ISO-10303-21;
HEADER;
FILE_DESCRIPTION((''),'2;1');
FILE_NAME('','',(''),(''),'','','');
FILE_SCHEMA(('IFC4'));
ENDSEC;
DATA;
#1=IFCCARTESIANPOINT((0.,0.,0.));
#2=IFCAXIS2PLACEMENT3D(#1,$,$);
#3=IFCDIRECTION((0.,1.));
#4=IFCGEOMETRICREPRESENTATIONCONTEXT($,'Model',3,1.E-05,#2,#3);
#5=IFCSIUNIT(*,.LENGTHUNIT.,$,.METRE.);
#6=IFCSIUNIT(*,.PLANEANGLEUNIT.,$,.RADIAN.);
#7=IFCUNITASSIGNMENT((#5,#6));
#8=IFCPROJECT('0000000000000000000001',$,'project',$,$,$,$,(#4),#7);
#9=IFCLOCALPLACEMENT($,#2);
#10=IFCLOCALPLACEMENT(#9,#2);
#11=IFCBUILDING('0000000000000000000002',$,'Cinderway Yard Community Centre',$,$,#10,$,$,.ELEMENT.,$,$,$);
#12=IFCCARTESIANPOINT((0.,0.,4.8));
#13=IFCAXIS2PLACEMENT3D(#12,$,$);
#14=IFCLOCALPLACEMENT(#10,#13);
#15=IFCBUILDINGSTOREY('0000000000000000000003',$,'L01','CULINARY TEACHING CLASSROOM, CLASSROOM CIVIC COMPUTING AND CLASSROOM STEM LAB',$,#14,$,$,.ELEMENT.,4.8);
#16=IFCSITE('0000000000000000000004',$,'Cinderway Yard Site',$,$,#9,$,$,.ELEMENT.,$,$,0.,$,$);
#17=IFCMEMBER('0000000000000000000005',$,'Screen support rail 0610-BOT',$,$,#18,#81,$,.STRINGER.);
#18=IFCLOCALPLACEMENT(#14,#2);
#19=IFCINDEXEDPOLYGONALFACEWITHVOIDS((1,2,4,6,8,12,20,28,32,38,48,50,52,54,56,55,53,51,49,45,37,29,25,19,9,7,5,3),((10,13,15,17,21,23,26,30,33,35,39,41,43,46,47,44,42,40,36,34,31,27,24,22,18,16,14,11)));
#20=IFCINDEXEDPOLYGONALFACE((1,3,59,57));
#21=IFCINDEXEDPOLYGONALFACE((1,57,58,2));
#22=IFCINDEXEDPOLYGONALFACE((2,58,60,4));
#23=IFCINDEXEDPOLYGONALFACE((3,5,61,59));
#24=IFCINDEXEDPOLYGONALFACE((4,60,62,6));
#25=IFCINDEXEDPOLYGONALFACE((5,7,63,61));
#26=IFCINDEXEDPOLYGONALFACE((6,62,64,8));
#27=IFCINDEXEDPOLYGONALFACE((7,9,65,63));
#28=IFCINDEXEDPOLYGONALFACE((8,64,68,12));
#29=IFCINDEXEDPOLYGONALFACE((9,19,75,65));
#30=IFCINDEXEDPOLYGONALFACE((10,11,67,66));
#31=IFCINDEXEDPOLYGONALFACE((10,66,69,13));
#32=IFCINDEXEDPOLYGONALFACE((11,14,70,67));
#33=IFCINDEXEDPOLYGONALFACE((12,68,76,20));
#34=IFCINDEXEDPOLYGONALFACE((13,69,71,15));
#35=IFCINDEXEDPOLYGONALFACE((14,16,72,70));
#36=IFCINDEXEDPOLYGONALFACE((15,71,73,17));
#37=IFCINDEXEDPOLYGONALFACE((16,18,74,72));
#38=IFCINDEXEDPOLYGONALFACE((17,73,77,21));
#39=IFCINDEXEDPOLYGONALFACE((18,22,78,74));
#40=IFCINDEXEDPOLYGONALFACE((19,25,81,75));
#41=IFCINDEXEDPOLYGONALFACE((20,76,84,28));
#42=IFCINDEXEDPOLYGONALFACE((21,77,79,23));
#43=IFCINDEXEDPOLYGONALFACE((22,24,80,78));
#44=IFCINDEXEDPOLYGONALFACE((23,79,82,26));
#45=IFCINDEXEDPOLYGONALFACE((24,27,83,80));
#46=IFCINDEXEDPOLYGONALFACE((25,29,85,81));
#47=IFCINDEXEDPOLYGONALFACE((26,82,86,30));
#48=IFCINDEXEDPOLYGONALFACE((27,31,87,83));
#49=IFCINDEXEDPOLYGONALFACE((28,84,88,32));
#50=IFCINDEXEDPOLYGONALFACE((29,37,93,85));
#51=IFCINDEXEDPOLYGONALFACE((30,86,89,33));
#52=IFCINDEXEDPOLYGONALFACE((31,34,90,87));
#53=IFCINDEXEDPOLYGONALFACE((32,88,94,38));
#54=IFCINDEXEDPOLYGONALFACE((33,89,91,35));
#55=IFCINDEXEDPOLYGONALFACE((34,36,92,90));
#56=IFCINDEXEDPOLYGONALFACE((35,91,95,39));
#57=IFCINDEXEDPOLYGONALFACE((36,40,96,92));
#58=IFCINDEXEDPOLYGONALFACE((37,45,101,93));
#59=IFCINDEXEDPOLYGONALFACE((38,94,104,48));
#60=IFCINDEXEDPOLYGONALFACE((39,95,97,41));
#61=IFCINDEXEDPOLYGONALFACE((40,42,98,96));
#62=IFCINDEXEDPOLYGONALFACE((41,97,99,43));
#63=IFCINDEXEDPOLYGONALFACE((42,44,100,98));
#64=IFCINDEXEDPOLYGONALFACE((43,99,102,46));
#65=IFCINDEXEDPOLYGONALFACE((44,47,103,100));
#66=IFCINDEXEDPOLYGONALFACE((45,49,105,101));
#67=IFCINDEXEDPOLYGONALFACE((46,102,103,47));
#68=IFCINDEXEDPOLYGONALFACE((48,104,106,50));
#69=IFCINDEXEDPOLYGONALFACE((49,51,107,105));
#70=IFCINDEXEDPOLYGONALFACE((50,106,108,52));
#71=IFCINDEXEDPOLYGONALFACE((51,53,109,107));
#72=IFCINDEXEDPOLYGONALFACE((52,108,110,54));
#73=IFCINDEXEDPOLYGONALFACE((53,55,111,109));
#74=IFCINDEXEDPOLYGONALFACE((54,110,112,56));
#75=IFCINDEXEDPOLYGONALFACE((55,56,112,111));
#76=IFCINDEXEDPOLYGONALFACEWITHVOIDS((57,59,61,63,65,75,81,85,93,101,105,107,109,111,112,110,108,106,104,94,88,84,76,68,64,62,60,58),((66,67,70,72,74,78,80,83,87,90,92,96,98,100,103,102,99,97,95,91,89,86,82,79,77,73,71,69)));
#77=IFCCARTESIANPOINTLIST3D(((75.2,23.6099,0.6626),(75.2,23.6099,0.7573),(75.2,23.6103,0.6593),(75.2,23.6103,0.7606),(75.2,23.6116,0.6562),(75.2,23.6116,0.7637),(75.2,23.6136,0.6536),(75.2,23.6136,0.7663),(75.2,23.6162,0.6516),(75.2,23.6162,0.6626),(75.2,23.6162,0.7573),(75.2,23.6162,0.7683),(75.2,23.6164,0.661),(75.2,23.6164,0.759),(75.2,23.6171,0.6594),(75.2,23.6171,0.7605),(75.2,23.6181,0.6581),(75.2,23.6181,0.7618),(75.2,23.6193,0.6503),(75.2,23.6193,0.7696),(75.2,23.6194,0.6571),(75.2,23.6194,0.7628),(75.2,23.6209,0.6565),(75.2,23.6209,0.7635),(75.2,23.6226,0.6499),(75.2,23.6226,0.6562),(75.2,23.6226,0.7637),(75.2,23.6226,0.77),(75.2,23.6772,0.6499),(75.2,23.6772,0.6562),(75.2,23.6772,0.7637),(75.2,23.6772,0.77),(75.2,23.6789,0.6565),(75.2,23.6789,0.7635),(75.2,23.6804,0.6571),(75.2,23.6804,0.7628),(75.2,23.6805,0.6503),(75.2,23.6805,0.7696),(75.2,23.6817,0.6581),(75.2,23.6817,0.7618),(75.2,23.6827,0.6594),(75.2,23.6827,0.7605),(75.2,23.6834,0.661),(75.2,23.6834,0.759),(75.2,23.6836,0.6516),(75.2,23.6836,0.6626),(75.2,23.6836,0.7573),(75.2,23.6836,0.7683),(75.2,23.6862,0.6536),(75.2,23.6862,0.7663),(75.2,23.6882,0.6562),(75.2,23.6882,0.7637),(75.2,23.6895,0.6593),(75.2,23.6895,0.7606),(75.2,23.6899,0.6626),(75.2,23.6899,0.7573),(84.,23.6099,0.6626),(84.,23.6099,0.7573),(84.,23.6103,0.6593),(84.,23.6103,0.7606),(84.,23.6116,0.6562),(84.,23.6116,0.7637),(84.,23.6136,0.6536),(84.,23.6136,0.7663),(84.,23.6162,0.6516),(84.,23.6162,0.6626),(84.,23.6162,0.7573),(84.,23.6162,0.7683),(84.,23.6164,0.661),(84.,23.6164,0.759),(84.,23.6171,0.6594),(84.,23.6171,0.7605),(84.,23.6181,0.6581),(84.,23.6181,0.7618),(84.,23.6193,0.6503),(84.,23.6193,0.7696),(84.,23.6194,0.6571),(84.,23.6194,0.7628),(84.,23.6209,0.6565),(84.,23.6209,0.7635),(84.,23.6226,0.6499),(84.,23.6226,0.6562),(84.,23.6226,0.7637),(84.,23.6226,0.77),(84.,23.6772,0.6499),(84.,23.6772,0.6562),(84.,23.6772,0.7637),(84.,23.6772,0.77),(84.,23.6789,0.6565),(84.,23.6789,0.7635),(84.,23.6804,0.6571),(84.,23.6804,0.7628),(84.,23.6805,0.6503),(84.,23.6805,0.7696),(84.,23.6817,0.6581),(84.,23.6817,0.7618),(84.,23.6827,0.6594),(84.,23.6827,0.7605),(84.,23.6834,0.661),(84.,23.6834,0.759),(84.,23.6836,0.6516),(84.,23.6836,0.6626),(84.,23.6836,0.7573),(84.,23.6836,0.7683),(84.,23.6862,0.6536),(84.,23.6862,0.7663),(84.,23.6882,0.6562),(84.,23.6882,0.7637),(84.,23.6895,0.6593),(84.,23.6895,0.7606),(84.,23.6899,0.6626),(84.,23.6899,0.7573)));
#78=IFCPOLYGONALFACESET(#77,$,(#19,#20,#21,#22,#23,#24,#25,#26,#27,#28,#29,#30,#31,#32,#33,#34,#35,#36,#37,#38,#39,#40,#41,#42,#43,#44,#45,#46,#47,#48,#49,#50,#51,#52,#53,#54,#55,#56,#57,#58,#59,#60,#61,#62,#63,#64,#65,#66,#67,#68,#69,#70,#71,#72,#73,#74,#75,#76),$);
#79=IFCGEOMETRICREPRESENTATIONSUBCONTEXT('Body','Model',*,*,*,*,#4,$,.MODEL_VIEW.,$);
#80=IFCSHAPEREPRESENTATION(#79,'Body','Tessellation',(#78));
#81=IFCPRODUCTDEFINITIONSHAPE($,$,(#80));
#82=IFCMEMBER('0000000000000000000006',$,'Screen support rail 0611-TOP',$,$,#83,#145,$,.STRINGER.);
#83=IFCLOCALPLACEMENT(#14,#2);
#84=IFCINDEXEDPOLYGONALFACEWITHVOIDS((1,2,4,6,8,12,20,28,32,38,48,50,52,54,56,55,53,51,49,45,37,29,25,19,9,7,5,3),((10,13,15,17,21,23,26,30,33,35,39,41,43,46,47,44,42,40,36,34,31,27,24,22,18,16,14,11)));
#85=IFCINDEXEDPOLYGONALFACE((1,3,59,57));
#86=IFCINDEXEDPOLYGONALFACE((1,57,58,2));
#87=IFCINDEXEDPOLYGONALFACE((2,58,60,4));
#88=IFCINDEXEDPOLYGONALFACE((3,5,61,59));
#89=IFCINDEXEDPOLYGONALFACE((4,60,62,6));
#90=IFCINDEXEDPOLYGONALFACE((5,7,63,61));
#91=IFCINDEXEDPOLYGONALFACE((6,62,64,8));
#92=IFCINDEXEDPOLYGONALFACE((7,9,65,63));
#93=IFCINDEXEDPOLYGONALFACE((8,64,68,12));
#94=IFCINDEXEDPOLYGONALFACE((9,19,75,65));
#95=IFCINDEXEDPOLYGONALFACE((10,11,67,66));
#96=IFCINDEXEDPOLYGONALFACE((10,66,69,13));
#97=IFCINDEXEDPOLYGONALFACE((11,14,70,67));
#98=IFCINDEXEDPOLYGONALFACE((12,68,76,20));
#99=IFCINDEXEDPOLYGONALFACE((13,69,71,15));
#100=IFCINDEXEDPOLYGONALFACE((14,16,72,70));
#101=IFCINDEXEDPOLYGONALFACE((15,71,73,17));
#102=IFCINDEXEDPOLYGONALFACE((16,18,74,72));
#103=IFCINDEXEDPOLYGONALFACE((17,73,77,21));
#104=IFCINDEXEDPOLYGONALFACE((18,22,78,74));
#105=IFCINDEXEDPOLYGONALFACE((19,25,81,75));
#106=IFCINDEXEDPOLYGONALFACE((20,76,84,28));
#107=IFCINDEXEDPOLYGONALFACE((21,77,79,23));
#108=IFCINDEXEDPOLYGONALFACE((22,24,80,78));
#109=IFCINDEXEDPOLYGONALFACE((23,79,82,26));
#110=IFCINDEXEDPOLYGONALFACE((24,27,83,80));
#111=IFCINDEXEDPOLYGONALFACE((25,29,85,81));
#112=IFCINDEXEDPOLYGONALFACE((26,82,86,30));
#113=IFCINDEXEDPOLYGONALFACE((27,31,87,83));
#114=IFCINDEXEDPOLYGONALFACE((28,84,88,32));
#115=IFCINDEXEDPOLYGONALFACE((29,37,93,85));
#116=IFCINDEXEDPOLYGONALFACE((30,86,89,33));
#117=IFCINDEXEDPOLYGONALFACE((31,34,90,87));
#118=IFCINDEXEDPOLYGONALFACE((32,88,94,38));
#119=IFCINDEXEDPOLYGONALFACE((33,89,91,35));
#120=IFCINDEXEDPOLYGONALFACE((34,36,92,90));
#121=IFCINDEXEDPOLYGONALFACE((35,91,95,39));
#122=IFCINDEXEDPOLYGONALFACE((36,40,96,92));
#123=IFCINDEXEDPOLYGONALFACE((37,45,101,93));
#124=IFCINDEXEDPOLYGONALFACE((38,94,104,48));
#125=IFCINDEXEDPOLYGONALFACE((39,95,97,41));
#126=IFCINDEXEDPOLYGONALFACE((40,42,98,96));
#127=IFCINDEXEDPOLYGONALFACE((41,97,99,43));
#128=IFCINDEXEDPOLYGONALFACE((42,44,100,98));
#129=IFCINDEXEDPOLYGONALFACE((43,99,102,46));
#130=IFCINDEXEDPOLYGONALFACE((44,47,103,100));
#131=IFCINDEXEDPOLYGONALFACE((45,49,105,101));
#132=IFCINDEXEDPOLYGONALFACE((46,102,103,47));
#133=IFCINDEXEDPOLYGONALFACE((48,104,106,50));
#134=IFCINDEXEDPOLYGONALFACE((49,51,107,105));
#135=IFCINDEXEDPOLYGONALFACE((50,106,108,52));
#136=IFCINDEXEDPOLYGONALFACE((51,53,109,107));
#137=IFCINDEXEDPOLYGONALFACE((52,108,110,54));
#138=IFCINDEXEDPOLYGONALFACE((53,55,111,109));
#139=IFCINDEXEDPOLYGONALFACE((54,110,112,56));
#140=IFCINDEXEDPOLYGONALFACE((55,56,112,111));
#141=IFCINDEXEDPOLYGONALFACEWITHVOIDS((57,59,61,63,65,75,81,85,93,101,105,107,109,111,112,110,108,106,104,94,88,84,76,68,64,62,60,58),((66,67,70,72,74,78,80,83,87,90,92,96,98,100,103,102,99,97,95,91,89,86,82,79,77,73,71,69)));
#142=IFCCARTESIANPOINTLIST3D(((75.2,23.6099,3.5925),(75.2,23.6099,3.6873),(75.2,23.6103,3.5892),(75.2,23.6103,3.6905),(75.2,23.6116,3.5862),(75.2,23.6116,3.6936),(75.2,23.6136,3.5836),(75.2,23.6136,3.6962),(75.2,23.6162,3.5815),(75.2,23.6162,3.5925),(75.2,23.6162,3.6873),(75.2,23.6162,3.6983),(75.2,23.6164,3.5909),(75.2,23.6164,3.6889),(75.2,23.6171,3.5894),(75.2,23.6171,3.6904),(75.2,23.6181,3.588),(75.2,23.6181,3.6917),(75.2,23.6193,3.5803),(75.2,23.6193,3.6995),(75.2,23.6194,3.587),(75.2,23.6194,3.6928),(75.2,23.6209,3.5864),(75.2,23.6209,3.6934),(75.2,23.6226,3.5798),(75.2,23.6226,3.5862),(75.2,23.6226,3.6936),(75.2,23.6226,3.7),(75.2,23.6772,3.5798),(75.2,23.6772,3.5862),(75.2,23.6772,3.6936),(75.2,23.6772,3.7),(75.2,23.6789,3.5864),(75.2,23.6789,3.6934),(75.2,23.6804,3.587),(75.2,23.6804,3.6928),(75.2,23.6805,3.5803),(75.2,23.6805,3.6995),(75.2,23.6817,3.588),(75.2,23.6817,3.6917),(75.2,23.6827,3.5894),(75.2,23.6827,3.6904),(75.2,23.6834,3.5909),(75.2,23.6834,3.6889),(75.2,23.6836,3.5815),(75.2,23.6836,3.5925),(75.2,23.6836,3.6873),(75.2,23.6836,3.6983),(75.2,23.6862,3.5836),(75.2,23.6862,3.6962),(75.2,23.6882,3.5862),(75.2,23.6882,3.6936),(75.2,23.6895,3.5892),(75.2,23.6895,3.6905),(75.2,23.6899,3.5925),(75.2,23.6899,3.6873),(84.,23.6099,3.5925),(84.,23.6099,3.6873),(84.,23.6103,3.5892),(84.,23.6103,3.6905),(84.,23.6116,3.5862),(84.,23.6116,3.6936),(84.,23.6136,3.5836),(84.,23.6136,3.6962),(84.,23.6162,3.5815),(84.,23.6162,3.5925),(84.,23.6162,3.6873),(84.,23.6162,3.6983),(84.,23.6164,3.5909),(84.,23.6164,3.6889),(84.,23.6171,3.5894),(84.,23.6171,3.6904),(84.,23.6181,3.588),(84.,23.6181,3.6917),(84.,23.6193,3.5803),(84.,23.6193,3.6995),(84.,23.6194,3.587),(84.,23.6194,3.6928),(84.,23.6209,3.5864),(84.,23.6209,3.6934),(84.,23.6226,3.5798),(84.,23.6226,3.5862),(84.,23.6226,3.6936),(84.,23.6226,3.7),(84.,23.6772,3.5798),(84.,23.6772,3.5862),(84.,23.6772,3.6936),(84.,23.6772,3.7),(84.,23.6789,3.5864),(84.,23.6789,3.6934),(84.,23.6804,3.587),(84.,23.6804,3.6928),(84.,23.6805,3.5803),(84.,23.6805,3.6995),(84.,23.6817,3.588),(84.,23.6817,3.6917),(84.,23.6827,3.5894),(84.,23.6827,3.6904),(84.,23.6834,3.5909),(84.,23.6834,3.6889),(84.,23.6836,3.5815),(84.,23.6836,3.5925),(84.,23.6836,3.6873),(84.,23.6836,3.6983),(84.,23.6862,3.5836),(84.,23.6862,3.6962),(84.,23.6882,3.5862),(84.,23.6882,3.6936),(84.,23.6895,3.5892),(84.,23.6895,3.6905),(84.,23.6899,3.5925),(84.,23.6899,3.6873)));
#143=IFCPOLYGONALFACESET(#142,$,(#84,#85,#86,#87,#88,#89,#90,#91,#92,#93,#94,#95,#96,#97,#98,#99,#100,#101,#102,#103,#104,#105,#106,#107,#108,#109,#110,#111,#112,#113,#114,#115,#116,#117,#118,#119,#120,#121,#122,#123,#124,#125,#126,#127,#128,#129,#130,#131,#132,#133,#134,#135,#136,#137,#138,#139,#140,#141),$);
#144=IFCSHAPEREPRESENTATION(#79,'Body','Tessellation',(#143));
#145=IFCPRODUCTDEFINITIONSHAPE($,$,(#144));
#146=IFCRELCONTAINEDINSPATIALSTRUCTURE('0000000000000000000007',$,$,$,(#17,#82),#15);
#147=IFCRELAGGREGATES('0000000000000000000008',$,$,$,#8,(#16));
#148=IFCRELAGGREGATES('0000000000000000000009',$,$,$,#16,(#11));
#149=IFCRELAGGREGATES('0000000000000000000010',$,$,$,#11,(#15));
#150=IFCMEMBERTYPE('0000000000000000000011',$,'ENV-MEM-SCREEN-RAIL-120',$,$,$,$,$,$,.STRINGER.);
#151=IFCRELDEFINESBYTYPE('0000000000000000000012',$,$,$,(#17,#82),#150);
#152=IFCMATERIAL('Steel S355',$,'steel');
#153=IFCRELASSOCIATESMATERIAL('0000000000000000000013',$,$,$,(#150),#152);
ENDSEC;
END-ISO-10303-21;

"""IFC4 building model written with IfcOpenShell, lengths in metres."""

from ifc_helpers import new_model, si_unit, direction, frame, origin, origin_2d, place, context, subcontext, project, spatial, hollow_rectangle, extrude, material, material_profile, profile_set, type_object, element, save


model = new_model("IFC4")

# Units and contexts
model_context = context("Model", 3, precision=1e-05, world=origin(), true_north=direction((0.0, 1.0)))
body_context = subcontext(model_context, "Body", "Model", "MODEL_VIEW")
ifc_project = project(units=[si_unit("LENGTHUNIT", "METRE"), si_unit("PLANEANGLEUNIT", "RADIAN")], contexts=[model_context])

# Site, building, storey
site_placement = place(None, origin())
site = spatial("IfcSite", under=ifc_project, at=site_placement, Name="Cinderway Yard Site", CompositionType="ELEMENT", RefElevation=0.0)
building_placement = place(site_placement, origin())
building = spatial("IfcBuilding", under=site, at=building_placement, Name="Cinderway Yard Community Centre", CompositionType="ELEMENT")
storey_placement = place(building_placement, frame((0.0, 0.0, 4.8)))
storey = spatial("IfcBuildingStorey", under=building, at=storey_placement, Name="L01", Description="CULINARY TEACHING CLASSROOM, CLASSROOM CIVIC COMPUTING AND CLASSROOM STEM LAB", CompositionType="ELEMENT", Elevation=4.8)

# Members
ifc_material_1 = material(Name="Steel S355", Category="steel")
ifc_material_profile_1 = material_profile(ifc_material_1, hollow_rectangle(XDim=0.0801, YDim=0.1201, WallThickness=0.0063, InnerFilletRadius=0.0063, OuterFilletRadius=0.0127, at=origin_2d()), Name="Steel S355")
ifc_profile_set_1 = profile_set([ifc_material_profile_1], Name="Steel S355")
member_type_1 = type_object("IfcMemberType", Name="ENV-MEM-SCREEN-RAIL-120", PredefinedType="STRINGER", material=ifc_profile_set_1)
for number, where, z_axis, x_axis, name in (
    (1, (75.2, 23.6499, 0.71), (1.0, 0.0, 0.0), (0.0, 1.0, 0.0), "Screen support rail 0610-BOT"),
    (2, (75.2, 23.6499, 3.6399), (1.0, 0.0, 0.0), (0.0, 1.0, 0.0), "Screen support rail 0611-TOP"),
):
    element("IfcMember", number, at=place(storey_placement, frame(where, z_axis=z_axis, x_axis=x_axis)), inside=storey, type_object=member_type_1, Name=name, PredefinedType="STRINGER", context=body_context, shape_type="SweptSolid", body=[
        extrude(hollow_rectangle(XDim=0.0801, YDim=0.1201, WallThickness=0.0063, InnerFilletRadius=0.0063, OuterFilletRadius=0.0127, at=origin_2d()), origin(), (0.0, 0.0, 1.0), 8.8),
    ])

save(model, "model.ifc")
